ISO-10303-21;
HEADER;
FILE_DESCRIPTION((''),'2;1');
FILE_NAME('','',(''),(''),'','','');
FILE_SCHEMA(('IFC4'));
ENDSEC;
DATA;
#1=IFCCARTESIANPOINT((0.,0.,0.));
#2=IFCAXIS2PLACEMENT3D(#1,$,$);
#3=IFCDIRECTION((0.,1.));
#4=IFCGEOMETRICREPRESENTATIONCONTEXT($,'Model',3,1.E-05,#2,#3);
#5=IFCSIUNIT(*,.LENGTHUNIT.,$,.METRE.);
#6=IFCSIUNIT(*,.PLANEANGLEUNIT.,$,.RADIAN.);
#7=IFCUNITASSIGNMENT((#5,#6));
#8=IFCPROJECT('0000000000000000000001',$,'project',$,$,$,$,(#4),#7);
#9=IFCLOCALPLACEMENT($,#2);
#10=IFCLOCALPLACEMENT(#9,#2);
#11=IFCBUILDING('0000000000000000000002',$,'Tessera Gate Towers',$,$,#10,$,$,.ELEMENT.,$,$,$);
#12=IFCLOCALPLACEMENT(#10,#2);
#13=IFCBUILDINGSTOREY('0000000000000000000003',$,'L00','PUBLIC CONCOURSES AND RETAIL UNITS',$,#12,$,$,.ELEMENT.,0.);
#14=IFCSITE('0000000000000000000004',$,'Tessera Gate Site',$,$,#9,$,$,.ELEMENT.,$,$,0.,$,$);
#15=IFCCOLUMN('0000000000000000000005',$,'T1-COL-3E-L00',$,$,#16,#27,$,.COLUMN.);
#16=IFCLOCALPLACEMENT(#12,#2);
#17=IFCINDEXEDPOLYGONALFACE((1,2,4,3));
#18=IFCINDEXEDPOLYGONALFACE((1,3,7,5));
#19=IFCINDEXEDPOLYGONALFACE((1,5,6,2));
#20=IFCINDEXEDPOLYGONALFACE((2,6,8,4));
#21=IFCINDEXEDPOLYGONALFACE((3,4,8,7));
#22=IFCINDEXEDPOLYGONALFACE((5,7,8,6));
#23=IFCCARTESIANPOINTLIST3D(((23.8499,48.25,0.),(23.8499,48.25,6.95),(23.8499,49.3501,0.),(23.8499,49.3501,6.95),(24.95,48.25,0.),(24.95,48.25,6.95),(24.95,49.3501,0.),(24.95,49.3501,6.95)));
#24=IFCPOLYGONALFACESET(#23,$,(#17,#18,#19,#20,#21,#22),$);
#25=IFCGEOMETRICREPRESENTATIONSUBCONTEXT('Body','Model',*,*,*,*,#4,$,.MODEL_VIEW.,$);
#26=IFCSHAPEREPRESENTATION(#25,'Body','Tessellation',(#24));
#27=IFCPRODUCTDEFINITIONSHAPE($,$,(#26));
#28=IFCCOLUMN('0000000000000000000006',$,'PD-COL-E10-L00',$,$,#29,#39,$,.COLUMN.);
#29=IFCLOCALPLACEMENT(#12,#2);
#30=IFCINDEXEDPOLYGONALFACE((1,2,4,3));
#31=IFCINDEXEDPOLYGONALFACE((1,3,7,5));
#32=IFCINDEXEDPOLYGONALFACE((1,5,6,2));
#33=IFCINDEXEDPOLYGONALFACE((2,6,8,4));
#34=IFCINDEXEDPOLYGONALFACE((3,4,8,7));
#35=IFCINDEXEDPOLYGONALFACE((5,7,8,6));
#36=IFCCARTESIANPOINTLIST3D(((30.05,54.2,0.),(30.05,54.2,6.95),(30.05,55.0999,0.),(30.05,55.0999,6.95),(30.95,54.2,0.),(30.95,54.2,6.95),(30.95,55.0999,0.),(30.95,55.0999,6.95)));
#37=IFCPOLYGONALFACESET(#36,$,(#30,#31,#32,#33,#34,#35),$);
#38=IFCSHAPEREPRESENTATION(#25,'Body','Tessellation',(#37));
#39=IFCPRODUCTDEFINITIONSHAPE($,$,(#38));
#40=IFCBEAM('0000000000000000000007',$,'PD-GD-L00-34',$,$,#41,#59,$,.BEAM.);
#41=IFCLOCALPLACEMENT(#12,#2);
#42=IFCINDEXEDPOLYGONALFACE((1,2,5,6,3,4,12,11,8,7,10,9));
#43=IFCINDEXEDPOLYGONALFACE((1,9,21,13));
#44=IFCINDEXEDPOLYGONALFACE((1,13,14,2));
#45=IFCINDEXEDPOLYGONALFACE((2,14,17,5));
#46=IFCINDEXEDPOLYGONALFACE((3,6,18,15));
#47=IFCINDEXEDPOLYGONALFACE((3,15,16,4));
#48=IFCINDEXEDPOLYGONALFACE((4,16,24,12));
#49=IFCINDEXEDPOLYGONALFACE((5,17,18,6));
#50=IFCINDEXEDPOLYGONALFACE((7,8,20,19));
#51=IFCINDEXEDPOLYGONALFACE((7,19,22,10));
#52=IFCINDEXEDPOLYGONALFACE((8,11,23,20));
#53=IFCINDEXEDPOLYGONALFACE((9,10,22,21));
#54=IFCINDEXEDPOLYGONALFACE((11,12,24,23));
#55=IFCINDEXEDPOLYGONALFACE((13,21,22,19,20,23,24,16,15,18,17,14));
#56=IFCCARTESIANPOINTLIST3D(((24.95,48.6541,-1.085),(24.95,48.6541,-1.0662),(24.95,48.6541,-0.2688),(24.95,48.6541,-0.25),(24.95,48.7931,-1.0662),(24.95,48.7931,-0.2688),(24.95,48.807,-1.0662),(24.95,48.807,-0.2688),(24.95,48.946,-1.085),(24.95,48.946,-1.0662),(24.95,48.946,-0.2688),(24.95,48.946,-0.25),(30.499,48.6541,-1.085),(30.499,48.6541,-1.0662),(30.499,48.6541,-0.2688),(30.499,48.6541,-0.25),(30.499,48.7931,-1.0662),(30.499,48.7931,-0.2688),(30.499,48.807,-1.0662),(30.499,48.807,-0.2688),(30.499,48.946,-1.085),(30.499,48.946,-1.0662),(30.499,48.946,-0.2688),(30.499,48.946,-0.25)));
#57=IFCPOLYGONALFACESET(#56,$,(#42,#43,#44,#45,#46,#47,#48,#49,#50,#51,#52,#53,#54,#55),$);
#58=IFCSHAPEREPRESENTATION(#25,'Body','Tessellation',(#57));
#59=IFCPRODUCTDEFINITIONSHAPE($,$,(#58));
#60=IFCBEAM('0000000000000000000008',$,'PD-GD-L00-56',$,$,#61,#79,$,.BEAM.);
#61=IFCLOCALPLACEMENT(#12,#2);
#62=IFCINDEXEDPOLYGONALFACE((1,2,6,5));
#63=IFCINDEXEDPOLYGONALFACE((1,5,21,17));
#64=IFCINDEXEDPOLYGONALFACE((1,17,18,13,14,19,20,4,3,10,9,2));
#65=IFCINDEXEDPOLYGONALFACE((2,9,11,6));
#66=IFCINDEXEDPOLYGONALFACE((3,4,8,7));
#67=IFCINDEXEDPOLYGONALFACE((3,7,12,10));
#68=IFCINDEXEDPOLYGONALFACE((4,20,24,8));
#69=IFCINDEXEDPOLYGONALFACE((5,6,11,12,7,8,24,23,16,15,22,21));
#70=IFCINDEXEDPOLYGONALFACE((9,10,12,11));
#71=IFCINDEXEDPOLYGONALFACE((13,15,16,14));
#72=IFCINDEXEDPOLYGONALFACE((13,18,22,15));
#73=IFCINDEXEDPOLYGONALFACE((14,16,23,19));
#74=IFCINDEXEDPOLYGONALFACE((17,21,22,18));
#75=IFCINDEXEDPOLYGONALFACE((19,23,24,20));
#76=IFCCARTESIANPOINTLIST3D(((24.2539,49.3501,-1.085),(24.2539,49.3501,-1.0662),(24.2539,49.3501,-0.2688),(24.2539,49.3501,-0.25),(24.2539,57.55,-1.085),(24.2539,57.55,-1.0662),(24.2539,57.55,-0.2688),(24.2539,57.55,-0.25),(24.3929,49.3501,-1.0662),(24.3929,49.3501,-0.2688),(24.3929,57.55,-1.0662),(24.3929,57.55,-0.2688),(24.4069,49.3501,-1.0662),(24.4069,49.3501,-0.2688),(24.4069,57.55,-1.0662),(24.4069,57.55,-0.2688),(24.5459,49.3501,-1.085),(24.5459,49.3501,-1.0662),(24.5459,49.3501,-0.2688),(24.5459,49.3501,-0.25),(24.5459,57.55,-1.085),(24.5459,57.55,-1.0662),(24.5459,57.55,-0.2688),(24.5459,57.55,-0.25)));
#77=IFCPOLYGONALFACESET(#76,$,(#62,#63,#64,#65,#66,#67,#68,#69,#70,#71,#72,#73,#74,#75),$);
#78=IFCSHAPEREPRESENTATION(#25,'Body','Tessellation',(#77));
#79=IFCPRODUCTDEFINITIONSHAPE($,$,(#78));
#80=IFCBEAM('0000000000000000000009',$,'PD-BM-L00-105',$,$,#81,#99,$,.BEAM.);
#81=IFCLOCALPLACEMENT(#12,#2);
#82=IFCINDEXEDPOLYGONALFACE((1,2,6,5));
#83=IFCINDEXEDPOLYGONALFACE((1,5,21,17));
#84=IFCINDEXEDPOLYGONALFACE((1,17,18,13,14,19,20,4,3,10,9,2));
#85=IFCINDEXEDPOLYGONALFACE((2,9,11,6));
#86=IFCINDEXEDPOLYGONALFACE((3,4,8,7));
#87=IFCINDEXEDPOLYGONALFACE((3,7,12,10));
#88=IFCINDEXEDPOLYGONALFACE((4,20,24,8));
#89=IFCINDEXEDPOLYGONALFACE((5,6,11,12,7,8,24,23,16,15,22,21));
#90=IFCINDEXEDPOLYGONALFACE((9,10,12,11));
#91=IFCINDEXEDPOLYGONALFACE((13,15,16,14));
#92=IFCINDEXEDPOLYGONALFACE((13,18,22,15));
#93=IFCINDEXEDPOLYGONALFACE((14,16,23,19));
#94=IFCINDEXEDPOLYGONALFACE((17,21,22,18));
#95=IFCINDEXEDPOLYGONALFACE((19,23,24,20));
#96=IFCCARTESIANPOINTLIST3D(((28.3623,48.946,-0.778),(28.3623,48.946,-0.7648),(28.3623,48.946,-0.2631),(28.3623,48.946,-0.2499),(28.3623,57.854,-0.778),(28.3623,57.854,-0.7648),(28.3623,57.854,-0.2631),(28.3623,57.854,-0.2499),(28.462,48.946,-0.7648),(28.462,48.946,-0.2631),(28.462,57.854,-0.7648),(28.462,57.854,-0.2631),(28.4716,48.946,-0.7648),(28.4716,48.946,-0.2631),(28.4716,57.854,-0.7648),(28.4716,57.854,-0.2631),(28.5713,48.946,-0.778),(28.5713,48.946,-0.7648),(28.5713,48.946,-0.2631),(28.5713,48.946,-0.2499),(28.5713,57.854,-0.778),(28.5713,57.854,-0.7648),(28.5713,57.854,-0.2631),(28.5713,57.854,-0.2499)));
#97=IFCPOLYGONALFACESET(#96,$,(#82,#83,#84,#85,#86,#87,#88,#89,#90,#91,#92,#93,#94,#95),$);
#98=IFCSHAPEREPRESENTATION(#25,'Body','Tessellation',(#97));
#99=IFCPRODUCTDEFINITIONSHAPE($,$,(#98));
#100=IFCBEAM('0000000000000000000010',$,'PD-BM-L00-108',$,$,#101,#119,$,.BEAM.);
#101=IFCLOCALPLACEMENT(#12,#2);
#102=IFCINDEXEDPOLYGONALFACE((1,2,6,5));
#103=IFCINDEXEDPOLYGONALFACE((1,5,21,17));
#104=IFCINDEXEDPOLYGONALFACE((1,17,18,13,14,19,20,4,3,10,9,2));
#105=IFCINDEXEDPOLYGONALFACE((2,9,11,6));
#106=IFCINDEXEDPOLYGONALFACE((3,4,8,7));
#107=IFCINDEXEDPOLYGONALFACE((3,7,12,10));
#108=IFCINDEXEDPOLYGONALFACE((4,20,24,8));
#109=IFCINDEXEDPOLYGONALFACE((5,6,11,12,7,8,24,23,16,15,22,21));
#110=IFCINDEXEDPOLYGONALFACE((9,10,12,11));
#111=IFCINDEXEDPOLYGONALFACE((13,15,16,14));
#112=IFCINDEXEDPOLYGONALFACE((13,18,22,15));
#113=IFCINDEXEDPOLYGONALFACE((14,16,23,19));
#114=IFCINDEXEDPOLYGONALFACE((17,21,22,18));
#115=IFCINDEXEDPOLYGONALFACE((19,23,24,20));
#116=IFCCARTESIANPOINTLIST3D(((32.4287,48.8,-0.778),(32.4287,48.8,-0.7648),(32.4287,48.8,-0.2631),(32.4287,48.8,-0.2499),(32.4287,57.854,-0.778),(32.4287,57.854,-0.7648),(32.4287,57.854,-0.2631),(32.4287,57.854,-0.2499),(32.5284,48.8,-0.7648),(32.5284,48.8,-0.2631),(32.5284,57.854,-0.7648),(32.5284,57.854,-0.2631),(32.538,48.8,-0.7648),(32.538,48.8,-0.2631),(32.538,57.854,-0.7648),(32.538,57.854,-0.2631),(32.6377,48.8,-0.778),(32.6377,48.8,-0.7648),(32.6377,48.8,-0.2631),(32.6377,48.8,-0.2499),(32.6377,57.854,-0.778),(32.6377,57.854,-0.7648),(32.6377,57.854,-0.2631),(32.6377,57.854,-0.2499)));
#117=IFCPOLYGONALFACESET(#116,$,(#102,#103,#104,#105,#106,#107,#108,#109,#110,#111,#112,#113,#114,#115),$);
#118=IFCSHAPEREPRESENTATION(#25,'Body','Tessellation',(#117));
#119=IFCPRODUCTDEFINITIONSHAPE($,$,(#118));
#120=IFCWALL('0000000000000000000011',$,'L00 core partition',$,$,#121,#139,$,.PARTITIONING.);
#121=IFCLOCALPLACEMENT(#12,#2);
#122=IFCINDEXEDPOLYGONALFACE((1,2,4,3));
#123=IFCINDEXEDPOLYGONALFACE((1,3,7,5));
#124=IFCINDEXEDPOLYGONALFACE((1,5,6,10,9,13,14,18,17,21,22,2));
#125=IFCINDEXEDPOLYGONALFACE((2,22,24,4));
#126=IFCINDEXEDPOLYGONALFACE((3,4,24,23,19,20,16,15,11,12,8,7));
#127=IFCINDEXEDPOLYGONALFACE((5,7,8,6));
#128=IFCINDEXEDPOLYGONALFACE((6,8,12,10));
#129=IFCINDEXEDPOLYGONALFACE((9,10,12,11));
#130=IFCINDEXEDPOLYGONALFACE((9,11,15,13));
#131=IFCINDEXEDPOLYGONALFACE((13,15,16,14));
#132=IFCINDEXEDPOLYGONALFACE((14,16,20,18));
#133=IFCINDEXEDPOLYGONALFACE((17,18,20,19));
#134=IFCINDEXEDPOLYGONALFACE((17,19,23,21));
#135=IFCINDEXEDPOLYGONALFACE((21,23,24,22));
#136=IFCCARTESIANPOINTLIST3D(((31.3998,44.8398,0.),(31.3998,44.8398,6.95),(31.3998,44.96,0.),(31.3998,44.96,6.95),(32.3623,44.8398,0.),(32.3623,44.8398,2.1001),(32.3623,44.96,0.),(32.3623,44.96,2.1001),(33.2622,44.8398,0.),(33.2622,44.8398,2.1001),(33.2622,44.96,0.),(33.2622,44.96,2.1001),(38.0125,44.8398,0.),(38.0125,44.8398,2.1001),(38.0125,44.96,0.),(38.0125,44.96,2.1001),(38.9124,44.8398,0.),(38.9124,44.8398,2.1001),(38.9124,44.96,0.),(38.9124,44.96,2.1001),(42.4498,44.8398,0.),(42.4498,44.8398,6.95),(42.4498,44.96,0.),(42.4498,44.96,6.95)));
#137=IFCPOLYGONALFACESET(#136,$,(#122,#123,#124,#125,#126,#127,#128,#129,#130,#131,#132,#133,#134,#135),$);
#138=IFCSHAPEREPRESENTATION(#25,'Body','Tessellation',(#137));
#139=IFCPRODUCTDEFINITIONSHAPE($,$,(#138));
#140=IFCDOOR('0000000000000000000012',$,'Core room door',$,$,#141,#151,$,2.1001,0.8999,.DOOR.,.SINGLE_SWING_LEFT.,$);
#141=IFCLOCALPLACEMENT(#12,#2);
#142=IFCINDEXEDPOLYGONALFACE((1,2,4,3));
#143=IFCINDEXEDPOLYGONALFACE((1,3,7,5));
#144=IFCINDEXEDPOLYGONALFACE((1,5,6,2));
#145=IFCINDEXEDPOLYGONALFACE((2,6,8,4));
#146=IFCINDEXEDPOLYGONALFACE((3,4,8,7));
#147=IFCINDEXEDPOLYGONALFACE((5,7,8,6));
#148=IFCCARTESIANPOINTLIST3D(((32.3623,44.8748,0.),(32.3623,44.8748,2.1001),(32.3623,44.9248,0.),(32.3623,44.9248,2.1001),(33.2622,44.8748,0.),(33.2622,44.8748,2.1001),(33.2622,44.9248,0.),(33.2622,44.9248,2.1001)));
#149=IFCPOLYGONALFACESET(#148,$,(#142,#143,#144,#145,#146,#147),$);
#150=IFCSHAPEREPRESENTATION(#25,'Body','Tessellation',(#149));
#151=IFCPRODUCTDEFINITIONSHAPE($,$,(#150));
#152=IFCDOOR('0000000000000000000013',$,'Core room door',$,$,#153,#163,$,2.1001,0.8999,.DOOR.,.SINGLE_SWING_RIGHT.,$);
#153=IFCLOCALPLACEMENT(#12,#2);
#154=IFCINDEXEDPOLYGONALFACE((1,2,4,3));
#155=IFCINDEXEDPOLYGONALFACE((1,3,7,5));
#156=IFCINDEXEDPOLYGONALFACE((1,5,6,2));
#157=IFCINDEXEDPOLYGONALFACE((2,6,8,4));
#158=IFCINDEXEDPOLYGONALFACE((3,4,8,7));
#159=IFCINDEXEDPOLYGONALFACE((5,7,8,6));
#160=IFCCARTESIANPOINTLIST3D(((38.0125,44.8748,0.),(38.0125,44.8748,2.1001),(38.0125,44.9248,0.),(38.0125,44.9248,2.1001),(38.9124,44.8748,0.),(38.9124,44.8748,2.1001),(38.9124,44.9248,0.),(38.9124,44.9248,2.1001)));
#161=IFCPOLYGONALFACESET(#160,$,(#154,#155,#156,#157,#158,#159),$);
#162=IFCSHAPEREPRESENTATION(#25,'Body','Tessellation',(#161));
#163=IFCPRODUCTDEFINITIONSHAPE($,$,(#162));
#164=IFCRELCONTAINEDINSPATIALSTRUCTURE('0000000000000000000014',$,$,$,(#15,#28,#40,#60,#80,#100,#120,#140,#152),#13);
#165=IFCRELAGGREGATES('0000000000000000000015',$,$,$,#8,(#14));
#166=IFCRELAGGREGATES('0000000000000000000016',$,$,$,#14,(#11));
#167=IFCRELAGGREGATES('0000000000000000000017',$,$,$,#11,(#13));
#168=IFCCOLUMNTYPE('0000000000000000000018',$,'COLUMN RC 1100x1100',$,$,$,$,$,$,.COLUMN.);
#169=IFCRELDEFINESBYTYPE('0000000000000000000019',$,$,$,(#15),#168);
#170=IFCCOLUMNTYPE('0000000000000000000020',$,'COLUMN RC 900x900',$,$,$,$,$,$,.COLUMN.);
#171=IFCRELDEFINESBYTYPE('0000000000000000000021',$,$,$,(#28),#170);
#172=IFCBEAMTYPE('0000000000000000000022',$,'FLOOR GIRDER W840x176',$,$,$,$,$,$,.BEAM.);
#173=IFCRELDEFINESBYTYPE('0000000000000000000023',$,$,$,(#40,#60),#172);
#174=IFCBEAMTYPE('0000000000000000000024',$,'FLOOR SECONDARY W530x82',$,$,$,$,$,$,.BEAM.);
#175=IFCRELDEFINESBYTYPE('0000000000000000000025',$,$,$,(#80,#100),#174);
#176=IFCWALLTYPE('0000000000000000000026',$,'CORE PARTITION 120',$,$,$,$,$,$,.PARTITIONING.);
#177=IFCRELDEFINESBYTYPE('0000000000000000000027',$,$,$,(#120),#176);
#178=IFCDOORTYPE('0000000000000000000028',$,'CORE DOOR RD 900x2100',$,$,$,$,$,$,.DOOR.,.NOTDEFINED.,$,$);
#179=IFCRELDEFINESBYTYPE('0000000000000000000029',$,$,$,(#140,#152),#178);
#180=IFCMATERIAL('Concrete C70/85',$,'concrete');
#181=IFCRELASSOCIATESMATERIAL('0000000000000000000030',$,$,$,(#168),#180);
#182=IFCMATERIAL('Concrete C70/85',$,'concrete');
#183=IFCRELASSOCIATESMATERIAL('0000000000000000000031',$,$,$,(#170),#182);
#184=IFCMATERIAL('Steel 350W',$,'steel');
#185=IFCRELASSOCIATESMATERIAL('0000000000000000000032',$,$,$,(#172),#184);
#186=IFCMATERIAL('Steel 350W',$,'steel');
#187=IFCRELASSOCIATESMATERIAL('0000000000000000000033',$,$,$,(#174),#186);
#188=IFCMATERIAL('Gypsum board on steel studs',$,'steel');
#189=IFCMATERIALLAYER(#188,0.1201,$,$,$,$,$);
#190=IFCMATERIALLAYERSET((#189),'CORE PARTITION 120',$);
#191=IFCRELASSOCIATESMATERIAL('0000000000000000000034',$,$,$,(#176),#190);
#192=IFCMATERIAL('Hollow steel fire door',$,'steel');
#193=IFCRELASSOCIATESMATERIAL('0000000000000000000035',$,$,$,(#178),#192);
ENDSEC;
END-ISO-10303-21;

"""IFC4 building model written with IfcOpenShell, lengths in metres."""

from ifc_helpers import new_model, si_unit, direction, frame, frame_2d, origin, origin_2d, place, context, subcontext, project, spatial, rectangle, i_section, extrude, source, transform, mapped, material, layer, layer_set, material_profile, profile_set, type_object, element, fill, save


model = new_model("IFC4")

# Units and contexts
model_context = context("Model", 3, precision=1e-05, world=origin(), true_north=direction((0.0, 1.0)))
body_context = subcontext(model_context, "Body", "Model", "MODEL_VIEW")
ifc_project = project(units=[si_unit("LENGTHUNIT", "METRE"), si_unit("PLANEANGLEUNIT", "RADIAN")], contexts=[model_context])

# Site, building, storey
site_placement = place(None, origin())
site = spatial("IfcSite", under=ifc_project, at=site_placement, Name="Tessera Gate Site", CompositionType="ELEMENT", RefElevation=0.0)
building_placement = place(site_placement, origin())
building = spatial("IfcBuilding", under=site, at=building_placement, Name="Tessera Gate Towers", CompositionType="ELEMENT")
storey_placement = place(building_placement, origin())
storey = spatial("IfcBuildingStorey", under=building, at=storey_placement, Name="L00", Description="PUBLIC CONCOURSES AND RETAIL UNITS", CompositionType="ELEMENT", Elevation=0.0)

# Columns
ifc_material_1 = material(Name="Concrete C70/85", Category="concrete")
ifc_material_profile_1 = material_profile(ifc_material_1, rectangle(XDim=1.1001, YDim=1.1001, at=origin_2d()), Name="RC 1100x1100")
ifc_profile_set_1 = profile_set([ifc_material_profile_1], Name="Concrete C70/85")
column_type_1 = type_object("IfcColumnType", Name="COLUMN RC 1100x1100", PredefinedType="COLUMN", material=ifc_profile_set_1)
column_1_placement = place(storey_placement, frame((24.3999, 48.8, 0.0), z_axis=(0.0, 0.0, 1.0), x_axis=(1.0, 0.0, 0.0)))
element("IfcColumn", 1, at=column_1_placement, inside=storey, type_object=column_type_1, Name="T1-COL-3E-L00", PredefinedType="COLUMN", context=body_context, shape_type="SweptSolid", body=[
    extrude(rectangle(XDim=1.1001, YDim=1.1001, at=origin_2d()), origin(), (0.0, 0.0, 1.0), 6.95),
])
ifc_material_2 = material(Name="Concrete C70/85", Category="concrete")
ifc_material_profile_2 = material_profile(ifc_material_2, rectangle(XDim=0.8999, YDim=0.8999, at=origin_2d()), Name="RC 900x900")
ifc_profile_set_2 = profile_set([ifc_material_profile_2], Name="Concrete C70/85")
column_type_2 = type_object("IfcColumnType", Name="COLUMN RC 900x900", PredefinedType="COLUMN", material=ifc_profile_set_2)
column_2_placement = place(storey_placement, frame((30.5, 54.6499, 0.0), z_axis=(0.0, 0.0, 1.0), x_axis=(1.0, 0.0, 0.0)))
element("IfcColumn", 2, at=column_2_placement, inside=storey, type_object=column_type_2, Name="PD-COL-E10-L00", PredefinedType="COLUMN", context=body_context, shape_type="SweptSolid", body=[
    extrude(rectangle(XDim=0.8999, YDim=0.8999, at=origin_2d()), origin(), (0.0, 0.0, 1.0), 6.95),
])

# Beams
ifc_material_3 = material(Name="Steel 350W", Category="steel")
ifc_material_profile_3 = material_profile(ifc_material_3, i_section(OverallWidth=0.292, OverallDepth=0.835, WebThickness=0.0139, FlangeThickness=0.0188, at=origin_2d()), Name="W840x176")
ifc_profile_set_3 = profile_set([ifc_material_profile_3], Name="Steel 350W")
beam_type_1 = type_object("IfcBeamType", Name="FLOOR GIRDER W840x176", PredefinedType="BEAM", material=ifc_profile_set_3)
beam_1_placement = place(storey_placement, frame((24.95, 48.8, -0.6675), z_axis=(1.0, 0.0, 0.0), x_axis=(0.0, 1.0, 0.0)))
element("IfcBeam", 3, at=beam_1_placement, inside=storey, type_object=beam_type_1, Name="PD-GD-L00-34", PredefinedType="BEAM", context=body_context, shape_type="SweptSolid", body=[
    extrude(i_section(OverallWidth=0.292, OverallDepth=0.835, WebThickness=0.0139, FlangeThickness=0.0188, at=origin_2d()), origin(), (0.0, 0.0, 1.0), 5.5491),
])
beam_2_placement = place(storey_placement, frame((24.3999, 49.3501, -0.6675), z_axis=(0.0, 1.0, 0.0), x_axis=(-1.0, 0.0, 0.0)))
element("IfcBeam", 4, at=beam_2_placement, inside=storey, type_object=beam_type_1, Name="PD-GD-L00-56", PredefinedType="BEAM", context=body_context, shape_type="SweptSolid", body=[
    extrude(i_section(OverallWidth=0.292, OverallDepth=0.835, WebThickness=0.0139, FlangeThickness=0.0188, at=origin_2d()), origin(), (0.0, 0.0, 1.0), 8.2),
])
ifc_material_4 = material(Name="Steel 350W", Category="steel")
ifc_material_profile_4 = material_profile(ifc_material_4, i_section(OverallWidth=0.209, OverallDepth=0.5281, WebThickness=0.0095, FlangeThickness=0.0132, at=origin_2d()), Name="W530x82")
ifc_profile_set_4 = profile_set([ifc_material_profile_4], Name="Steel 350W")
beam_type_2 = type_object("IfcBeamType", Name="FLOOR SECONDARY W530x82", PredefinedType="BEAM", material=ifc_profile_set_4)
beam_3_placement = place(storey_placement, frame((28.4668, 48.946, -0.5139), z_axis=(0.0, 1.0, 0.0), x_axis=(-1.0, 0.0, 0.0)))
element("IfcBeam", 5, at=beam_3_placement, inside=storey, type_object=beam_type_2, Name="PD-BM-L00-105", PredefinedType="BEAM", context=body_context, shape_type="SweptSolid", body=[
    extrude(i_section(OverallWidth=0.209, OverallDepth=0.5281, WebThickness=0.0095, FlangeThickness=0.0132, at=origin_2d()), origin(), (0.0, 0.0, 1.0), 8.908),
])
beam_4_placement = place(storey_placement, frame((32.5332, 48.8, -0.5139), z_axis=(0.0, 1.0, 0.0), x_axis=(-1.0, 0.0, 0.0)))
element("IfcBeam", 6, at=beam_4_placement, inside=storey, type_object=beam_type_2, Name="PD-BM-L00-108", PredefinedType="BEAM", context=body_context, shape_type="SweptSolid", body=[
    extrude(i_section(OverallWidth=0.209, OverallDepth=0.5281, WebThickness=0.0095, FlangeThickness=0.0132, at=origin_2d()), origin(), (0.0, 0.0, 1.0), 9.054),
])

# Wall, openings, doors
ifc_material_5 = material(Name="Gypsum board on steel studs", Category="steel")
ifc_layer_1 = layer(ifc_material_5, 0.1201)
ifc_layer_set_1 = layer_set([ifc_layer_1], Name="CORE PARTITION 120")
wall_type_1 = type_object("IfcWallType", Name="CORE PARTITION 120", PredefinedType="PARTITIONING", material=ifc_layer_set_1)
wall_1_placement = place(storey_placement, frame((31.3999, 44.8999, 0.0), z_axis=(0.0, 0.0, 1.0), x_axis=(1.0, 0.0, 0.0)))
wall_1 = element("IfcWall", 7, at=wall_1_placement, inside=storey, type_object=wall_type_1, Name="L00 core partition", PredefinedType="PARTITIONING", context=body_context, shape_type="SweptSolid", body=[
    extrude(rectangle(XDim=11.05, YDim=0.1201, at=frame_2d((5.5249, 0.0))), origin(), (0.0, 0.0, 1.0), 6.95),
])
shared_shape_1 = source(origin(), body_context, "Body", "SweptSolid", [
    extrude(rectangle(XDim=0.8999, YDim=2.1001, at=frame_2d((0.45, 1.05))), frame((0.0, 0.0701, 0.0), z_axis=(0.0, -1.0, 0.0), x_axis=(1.0, 0.0, 0.0)), (0.0, 0.0, 1.0), 0.1401),
])
opening_1_placement = place(wall_1_placement, frame((0.9624, 0.0, 0.0)))
opening_1 = element("IfcOpeningElement", 8, at=opening_1_placement, cuts=wall_1, PredefinedType="OPENING", context=body_context, shape_type="MappedRepresentation", body=[
    mapped(shared_shape_1, transform((0.0, 0.0, 0.0), scale=1.0)),
])
opening_2_placement = place(wall_1_placement, frame((6.6125, 0.0, 0.0)))
opening_2 = element("IfcOpeningElement", 9, at=opening_2_placement, cuts=wall_1, PredefinedType="OPENING", context=body_context, shape_type="MappedRepresentation", body=[
    mapped(shared_shape_1, transform((0.0, 0.0, 0.0), scale=1.0)),
])
ifc_material_6 = material(Name="Hollow steel fire door", Category="steel")
door_type_1 = type_object("IfcDoorType", Name="CORE DOOR RD 900x2100", OperationType="NOTDEFINED", PredefinedType="DOOR", material=ifc_material_6)
shared_shape_2 = source(origin(), body_context, "Body", "SweptSolid", [
    extrude(rectangle(XDim=0.8999, YDim=2.1001, at=frame_2d((0.45, 1.05))), frame((0.0, 0.0249, 0.0), z_axis=(0.0, -1.0, 0.0), x_axis=(1.0, 0.0, 0.0)), (0.0, 0.0, 1.0), 0.05),
])
door_1_placement = place(opening_1_placement, origin())
door_1 = element("IfcDoor", 10, at=door_1_placement, inside=storey, type_object=door_type_1, Name="Core room door", OperationType="SINGLE_SWING_LEFT", OverallHeight=2.1001, OverallWidth=0.8999, PredefinedType="DOOR", context=body_context, shape_type="MappedRepresentation", body=[
    mapped(shared_shape_2, transform((0.0, 0.0, 0.0), scale=1.0)),
])
fill(opening_1, door_1)
door_2_placement = place(opening_2_placement, origin())
door_2 = element("IfcDoor", 11, at=door_2_placement, inside=storey, type_object=door_type_1, Name="Core room door", OperationType="SINGLE_SWING_RIGHT", OverallHeight=2.1001, OverallWidth=0.8999, PredefinedType="DOOR", context=body_context, shape_type="MappedRepresentation", body=[
    mapped(shared_shape_2, transform((0.0, 0.0, 0.0), scale=1.0)),
])
fill(opening_2, door_2)

save(model, "model.ifc")
